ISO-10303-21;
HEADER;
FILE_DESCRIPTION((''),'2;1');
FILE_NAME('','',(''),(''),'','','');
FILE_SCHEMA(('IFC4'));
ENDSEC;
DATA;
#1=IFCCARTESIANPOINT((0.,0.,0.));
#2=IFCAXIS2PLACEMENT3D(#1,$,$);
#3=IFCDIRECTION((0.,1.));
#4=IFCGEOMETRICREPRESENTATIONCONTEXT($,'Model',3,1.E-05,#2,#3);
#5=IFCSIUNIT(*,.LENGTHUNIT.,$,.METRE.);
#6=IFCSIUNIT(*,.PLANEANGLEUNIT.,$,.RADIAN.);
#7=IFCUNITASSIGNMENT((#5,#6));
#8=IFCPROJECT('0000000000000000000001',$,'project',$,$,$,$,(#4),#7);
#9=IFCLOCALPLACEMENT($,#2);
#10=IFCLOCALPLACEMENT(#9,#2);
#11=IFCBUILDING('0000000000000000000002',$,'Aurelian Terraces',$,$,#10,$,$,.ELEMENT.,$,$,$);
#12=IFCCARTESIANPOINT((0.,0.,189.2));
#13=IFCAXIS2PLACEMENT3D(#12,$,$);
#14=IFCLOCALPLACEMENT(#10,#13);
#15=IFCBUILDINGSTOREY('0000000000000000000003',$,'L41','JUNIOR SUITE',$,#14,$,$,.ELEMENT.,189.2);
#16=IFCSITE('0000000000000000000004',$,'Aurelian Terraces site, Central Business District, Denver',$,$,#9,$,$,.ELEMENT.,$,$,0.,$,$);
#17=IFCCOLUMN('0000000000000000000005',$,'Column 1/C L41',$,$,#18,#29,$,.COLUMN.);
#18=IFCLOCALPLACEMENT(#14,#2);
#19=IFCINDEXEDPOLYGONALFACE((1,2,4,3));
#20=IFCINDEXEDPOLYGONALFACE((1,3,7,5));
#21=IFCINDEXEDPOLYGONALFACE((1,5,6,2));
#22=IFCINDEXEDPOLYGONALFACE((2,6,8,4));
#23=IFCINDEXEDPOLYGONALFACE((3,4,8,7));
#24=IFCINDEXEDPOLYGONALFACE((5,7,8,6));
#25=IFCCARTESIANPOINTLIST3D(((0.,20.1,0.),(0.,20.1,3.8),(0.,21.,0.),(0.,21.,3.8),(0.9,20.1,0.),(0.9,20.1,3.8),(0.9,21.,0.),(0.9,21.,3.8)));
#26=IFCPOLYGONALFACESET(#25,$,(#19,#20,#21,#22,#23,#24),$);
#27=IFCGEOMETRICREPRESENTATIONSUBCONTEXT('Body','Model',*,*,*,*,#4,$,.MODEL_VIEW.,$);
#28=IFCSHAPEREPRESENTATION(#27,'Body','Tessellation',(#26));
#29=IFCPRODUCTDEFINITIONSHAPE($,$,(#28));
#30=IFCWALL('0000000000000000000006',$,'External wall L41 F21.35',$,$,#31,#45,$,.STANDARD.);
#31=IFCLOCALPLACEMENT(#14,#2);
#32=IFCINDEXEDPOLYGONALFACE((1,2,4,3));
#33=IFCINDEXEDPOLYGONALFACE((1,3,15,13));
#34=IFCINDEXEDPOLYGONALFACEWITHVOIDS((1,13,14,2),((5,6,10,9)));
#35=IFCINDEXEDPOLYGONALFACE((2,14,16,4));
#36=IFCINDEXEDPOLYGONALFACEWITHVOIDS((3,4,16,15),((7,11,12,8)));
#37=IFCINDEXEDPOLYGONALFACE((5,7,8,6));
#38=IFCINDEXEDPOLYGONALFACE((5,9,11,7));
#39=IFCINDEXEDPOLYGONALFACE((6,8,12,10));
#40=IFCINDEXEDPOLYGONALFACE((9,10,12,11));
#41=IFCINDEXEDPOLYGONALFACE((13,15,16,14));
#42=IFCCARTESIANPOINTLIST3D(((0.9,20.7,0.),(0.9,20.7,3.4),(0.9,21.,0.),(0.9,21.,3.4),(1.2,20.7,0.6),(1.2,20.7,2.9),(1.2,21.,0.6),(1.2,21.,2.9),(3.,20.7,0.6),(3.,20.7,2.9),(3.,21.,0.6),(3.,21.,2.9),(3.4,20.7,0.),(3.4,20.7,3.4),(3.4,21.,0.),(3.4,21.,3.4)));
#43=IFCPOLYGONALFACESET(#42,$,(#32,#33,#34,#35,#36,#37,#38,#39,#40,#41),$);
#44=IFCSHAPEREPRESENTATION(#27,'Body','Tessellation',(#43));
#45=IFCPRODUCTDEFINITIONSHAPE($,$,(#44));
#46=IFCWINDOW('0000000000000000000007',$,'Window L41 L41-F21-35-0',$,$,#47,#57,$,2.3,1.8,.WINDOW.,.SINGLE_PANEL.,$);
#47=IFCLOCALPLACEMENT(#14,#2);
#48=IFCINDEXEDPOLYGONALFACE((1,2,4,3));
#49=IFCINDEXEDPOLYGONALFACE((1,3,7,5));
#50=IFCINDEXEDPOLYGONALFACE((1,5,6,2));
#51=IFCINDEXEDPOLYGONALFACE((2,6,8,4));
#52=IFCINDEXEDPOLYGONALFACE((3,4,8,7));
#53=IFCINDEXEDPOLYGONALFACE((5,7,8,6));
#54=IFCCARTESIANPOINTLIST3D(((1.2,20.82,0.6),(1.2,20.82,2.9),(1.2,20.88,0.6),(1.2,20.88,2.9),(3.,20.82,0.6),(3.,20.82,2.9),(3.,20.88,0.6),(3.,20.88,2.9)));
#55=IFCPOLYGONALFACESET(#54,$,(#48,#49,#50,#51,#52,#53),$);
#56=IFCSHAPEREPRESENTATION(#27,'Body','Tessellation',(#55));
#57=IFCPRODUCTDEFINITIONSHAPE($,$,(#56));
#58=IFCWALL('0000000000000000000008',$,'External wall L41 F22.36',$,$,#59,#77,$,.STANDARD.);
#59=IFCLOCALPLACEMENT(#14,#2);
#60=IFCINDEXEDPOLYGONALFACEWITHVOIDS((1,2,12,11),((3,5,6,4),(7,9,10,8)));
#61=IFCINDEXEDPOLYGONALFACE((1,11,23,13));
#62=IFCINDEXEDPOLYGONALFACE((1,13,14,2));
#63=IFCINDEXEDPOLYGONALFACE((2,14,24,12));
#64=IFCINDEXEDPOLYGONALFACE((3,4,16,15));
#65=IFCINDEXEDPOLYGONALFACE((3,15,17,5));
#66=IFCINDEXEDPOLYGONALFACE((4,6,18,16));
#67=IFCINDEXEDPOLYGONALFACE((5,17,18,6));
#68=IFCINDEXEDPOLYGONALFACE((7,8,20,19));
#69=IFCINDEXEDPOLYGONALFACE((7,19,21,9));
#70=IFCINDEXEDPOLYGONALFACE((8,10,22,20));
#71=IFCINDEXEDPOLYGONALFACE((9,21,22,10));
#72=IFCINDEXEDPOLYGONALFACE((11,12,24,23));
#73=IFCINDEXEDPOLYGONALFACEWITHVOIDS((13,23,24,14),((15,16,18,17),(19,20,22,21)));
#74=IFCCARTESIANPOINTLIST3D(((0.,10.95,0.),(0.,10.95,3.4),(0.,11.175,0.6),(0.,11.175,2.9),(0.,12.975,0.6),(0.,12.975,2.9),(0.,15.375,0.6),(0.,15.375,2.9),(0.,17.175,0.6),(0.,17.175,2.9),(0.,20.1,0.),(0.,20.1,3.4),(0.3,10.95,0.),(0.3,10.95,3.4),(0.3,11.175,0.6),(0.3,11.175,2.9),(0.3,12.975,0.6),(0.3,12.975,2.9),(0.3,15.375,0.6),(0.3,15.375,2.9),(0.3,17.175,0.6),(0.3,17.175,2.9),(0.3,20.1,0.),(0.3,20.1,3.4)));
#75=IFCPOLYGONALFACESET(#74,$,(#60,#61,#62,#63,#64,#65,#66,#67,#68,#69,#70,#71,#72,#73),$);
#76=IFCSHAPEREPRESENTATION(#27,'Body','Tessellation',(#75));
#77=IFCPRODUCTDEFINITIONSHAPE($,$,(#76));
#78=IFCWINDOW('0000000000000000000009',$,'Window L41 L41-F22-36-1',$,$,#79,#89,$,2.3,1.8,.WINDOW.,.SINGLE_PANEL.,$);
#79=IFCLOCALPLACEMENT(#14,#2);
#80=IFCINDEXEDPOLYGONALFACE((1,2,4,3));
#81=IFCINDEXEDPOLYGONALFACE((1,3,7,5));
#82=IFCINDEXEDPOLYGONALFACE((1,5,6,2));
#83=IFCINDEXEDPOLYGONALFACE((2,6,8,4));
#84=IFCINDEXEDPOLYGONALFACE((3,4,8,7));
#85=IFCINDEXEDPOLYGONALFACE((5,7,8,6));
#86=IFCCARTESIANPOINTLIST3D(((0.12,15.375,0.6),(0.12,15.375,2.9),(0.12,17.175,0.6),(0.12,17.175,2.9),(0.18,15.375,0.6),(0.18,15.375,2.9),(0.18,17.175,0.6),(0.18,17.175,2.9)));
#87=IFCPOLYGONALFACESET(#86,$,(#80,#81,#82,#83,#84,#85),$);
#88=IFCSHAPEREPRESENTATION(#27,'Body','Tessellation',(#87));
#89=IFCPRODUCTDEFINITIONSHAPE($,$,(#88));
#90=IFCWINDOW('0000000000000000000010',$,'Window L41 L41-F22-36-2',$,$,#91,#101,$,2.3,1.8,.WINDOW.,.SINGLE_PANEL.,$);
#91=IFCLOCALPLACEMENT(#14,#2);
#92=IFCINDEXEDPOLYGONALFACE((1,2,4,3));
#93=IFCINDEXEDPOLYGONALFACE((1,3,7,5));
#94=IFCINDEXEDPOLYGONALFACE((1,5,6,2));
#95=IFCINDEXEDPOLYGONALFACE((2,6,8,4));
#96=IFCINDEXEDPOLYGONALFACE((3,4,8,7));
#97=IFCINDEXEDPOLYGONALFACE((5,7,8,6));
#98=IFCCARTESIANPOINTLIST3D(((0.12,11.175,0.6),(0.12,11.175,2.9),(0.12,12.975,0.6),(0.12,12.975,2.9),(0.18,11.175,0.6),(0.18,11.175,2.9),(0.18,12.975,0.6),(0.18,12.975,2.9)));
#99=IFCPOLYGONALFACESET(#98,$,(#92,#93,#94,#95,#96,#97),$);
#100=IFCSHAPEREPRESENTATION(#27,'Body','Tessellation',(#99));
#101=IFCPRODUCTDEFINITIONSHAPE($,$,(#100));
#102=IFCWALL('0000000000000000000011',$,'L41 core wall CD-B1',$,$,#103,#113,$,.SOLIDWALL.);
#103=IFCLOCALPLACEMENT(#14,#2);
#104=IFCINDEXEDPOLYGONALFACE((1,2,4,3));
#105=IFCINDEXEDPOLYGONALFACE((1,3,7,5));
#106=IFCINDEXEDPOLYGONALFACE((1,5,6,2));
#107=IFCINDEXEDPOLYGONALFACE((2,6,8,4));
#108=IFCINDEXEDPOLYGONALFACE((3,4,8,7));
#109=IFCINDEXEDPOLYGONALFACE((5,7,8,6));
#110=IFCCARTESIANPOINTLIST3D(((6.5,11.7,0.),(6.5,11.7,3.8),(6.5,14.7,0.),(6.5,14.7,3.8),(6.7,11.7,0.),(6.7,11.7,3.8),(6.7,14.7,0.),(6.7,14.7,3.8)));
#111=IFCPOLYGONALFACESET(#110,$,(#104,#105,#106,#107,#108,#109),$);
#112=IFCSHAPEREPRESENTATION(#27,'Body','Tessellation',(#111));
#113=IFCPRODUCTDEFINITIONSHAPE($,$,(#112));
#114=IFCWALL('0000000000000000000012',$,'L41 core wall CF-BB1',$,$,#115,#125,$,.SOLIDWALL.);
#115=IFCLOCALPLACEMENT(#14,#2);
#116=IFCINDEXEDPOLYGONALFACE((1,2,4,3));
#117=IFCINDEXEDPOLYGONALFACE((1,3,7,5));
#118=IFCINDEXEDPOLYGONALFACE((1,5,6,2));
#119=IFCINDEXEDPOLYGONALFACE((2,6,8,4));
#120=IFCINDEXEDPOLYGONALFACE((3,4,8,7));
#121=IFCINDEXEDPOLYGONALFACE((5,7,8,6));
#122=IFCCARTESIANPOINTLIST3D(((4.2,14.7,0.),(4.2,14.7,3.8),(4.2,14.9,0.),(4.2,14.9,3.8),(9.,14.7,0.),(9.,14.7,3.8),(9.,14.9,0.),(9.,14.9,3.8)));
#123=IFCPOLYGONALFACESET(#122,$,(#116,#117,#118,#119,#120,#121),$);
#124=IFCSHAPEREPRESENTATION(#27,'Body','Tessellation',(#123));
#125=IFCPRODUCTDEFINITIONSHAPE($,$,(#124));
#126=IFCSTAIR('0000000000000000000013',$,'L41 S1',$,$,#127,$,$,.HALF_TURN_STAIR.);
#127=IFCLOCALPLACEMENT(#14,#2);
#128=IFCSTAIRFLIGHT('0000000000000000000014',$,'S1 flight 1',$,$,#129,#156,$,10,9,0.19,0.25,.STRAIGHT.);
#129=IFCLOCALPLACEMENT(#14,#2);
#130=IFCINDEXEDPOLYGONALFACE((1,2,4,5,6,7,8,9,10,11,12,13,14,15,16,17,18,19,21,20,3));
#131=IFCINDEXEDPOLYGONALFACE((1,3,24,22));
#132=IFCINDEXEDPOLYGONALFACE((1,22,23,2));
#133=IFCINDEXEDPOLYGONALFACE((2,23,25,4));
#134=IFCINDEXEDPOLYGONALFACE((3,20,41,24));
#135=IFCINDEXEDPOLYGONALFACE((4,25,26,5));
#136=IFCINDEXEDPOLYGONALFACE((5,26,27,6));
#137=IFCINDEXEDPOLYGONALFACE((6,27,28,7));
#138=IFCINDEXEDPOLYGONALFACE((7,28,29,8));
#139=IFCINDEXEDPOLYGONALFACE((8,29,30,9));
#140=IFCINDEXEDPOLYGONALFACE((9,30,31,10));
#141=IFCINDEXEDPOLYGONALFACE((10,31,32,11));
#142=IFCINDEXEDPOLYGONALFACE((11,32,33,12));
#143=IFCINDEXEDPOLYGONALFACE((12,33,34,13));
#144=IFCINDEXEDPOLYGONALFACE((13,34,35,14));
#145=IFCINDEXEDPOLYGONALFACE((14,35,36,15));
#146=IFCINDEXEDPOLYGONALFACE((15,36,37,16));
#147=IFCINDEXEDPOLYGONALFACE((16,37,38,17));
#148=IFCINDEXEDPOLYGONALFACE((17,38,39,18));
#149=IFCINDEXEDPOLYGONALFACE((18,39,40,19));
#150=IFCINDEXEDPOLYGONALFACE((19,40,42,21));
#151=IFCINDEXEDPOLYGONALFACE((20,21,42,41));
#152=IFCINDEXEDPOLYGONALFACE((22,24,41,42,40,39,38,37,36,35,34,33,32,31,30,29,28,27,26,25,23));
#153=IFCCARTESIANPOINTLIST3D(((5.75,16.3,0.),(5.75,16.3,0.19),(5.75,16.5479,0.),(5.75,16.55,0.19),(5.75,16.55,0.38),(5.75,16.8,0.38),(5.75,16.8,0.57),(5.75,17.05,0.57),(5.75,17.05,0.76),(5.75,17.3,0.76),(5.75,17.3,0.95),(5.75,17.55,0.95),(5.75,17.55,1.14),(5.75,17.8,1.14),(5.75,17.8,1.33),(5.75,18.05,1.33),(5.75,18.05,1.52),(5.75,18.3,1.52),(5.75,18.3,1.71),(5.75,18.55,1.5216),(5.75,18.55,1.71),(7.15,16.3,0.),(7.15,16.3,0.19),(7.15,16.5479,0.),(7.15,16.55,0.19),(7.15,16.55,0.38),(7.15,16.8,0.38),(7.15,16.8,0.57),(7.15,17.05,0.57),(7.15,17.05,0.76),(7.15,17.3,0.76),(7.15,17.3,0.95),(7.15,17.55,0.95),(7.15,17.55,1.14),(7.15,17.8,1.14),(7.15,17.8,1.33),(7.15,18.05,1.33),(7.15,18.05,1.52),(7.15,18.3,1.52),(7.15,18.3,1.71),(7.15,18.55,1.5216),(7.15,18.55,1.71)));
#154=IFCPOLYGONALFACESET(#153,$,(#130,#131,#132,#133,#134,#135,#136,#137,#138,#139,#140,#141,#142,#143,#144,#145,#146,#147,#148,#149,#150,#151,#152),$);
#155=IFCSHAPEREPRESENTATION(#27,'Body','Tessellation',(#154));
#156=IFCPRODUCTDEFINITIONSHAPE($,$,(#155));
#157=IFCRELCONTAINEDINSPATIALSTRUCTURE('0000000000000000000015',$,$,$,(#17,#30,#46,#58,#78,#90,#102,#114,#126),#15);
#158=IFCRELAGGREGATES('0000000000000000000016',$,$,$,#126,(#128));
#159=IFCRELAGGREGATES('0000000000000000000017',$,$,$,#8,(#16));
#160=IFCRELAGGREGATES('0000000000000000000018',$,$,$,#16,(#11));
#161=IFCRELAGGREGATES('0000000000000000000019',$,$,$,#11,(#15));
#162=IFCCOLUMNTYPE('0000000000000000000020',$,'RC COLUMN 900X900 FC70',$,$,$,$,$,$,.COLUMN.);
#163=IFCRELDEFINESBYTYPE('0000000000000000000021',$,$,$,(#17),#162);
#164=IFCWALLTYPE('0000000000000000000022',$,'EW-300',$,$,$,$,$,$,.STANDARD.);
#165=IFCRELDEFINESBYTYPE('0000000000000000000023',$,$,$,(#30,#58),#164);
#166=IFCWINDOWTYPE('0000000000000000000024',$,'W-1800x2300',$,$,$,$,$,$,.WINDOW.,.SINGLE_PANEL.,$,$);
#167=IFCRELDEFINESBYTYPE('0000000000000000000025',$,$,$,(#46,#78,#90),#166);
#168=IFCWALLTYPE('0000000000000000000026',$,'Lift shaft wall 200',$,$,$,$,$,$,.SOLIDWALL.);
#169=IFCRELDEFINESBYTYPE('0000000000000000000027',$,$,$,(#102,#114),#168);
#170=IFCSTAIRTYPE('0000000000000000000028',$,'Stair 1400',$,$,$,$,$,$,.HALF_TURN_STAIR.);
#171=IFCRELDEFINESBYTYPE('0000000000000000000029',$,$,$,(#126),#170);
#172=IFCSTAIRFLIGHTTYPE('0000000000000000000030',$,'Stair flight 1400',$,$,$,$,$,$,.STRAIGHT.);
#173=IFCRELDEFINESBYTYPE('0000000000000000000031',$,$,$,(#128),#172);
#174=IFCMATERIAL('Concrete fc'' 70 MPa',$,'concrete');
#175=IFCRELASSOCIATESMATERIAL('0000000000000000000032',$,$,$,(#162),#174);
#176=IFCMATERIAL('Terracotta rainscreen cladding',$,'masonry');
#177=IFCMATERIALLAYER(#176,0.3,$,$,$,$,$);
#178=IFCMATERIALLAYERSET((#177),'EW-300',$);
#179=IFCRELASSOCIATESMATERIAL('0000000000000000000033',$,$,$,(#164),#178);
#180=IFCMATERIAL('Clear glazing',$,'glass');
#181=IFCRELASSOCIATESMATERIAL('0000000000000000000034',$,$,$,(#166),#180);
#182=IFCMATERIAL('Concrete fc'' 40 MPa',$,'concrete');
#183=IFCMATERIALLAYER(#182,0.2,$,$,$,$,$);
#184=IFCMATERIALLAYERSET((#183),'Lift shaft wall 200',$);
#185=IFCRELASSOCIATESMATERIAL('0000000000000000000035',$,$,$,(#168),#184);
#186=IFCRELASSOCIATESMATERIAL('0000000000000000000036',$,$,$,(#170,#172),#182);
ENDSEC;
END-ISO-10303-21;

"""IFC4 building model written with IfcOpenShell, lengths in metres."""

from ifc_helpers import new_model, si_unit, direction, frame, frame_2d, origin, origin_2d, place, context, subcontext, project, spatial, polyline, rectangle, outline, extrude, source, transform, mapped, material, layer, layer_set, material_profile, profile_set, type_object, element, fill, aggregate, save


model = new_model("IFC4")

# Units and contexts
model_context = context("Model", 3, precision=1e-05, world=origin(), true_north=direction((0.0, 1.0)))
body_context = subcontext(model_context, "Body", "Model", "MODEL_VIEW")
ifc_project = project(units=[si_unit("LENGTHUNIT", "METRE"), si_unit("PLANEANGLEUNIT", "RADIAN")], contexts=[model_context])

# Site, building, storey
site_placement = place(None, origin())
site = spatial("IfcSite", under=ifc_project, at=site_placement, Name="Aurelian Terraces site, Central Business District, Denver", CompositionType="ELEMENT", RefElevation=0.0)
building_placement = place(site_placement, origin())
building = spatial("IfcBuilding", under=site, at=building_placement, Name="Aurelian Terraces", CompositionType="ELEMENT")
storey_placement = place(building_placement, frame((0.0, 0.0, 189.2)))
storey = spatial("IfcBuildingStorey", under=building, at=storey_placement, Name="L41", Description="JUNIOR SUITE", CompositionType="ELEMENT", Elevation=189.2)

# Column
ifc_material_1 = material(Name="Concrete fc' 70 MPa", Category="concrete")
ifc_material_profile = material_profile(ifc_material_1, rectangle(XDim=0.9, YDim=0.9, at=origin_2d()))
ifc_profile_set = profile_set([ifc_material_profile], Name="Concrete fc' 70 MPa")
column_type = type_object("IfcColumnType", Name="RC COLUMN 900X900 FC70", PredefinedType="COLUMN", material=ifc_profile_set)
shared_shape_1 = source(origin(), body_context, "Body", "SweptSolid", [
    extrude(rectangle(XDim=0.9, YDim=0.9, at=origin_2d()), origin(), (0.0, 0.0, 1.0), 3.8),
])
column_placement = place(storey_placement, frame((0.45, 20.55, 0.0), z_axis=(0.0, 0.0, 1.0), x_axis=(1.0, 0.0, 0.0)))
element("IfcColumn", 1, at=column_placement, inside=storey, type_object=column_type, Name="Column 1/C L41", PredefinedType="COLUMN", context=body_context, shape_type="MappedRepresentation", body=[
    mapped(shared_shape_1, transform((0.0, 0.0, 0.0), scale=1.0)),
])

# Wall, opening, window
ifc_material_2 = material(Name="Terracotta rainscreen cladding", Category="masonry")
ifc_layer_1 = layer(ifc_material_2, 0.3)
ifc_layer_set_1 = layer_set([ifc_layer_1], Name="EW-300")
wall_type_1 = type_object("IfcWallType", Name="EW-300", PredefinedType="STANDARD", material=ifc_layer_set_1)
shared_shape_2 = source(origin(), body_context, "Body", "SweptSolid", [
    extrude(rectangle(XDim=2.5, YDim=0.3, at=frame_2d((1.25, 0.0))), origin(), (0.0, 0.0, 1.0), 3.4),
])
wall_1_placement = place(storey_placement, frame((3.4, 20.85, 0.0), z_axis=(0.0, 0.0, 1.0), x_axis=(-1.0, 0.0, 0.0)))
wall_1 = element("IfcWall", 2, at=wall_1_placement, inside=storey, type_object=wall_type_1, Name="External wall L41 F21.35", PredefinedType="STANDARD", context=body_context, shape_type="MappedRepresentation", body=[
    mapped(shared_shape_2, transform((0.0, 0.0, 0.0), scale=1.0)),
])
shared_shape_3 = source(origin(), body_context, "Body", "SweptSolid", [
    extrude(rectangle(XDim=1.8, YDim=2.3, at=frame_2d((0.9, 1.15))), frame((0.0, 0.16, 0.0), z_axis=(0.0, -1.0, 0.0), x_axis=(1.0, 0.0, 0.0)), (0.0, 0.0, 1.0), 0.32),
])
opening_1_placement = place(wall_1_placement, frame((0.4, 0.0, 0.6)))
opening_1 = element("IfcOpeningElement", 3, at=opening_1_placement, cuts=wall_1, PredefinedType="OPENING", context=body_context, shape_type="MappedRepresentation", body=[
    mapped(shared_shape_3, transform((0.0, 0.0, 0.0), scale=1.0)),
])
ifc_material_3 = material(Name="Clear glazing", Category="glass")
window_type = type_object("IfcWindowType", Name="W-1800x2300", PartitioningType="SINGLE_PANEL", PredefinedType="WINDOW", material=ifc_material_3)
shared_shape_4 = source(origin(), body_context, "Body", "SweptSolid", [
    extrude(rectangle(XDim=1.8, YDim=2.3, at=frame_2d((0.9, 1.15))), frame((0.0, 0.03, 0.0), z_axis=(0.0, -1.0, 0.0), x_axis=(1.0, 0.0, 0.0)), (0.0, 0.0, 1.0), 0.06),
])
window_1_placement = place(opening_1_placement, origin())
window_1 = element("IfcWindow", 4, at=window_1_placement, inside=storey, type_object=window_type, Name="Window L41 L41-F21-35-0", OverallHeight=2.3, OverallWidth=1.8, PartitioningType="SINGLE_PANEL", PredefinedType="WINDOW", context=body_context, shape_type="MappedRepresentation", body=[
    mapped(shared_shape_4, transform((0.0, 0.0, 0.0), scale=1.0)),
])
fill(opening_1, window_1)

# Wall, openings, windows
shared_shape_5 = source(origin(), body_context, "Body", "SweptSolid", [
    extrude(rectangle(XDim=9.15, YDim=0.3, at=frame_2d((4.575, 0.0))), origin(), (0.0, 0.0, 1.0), 3.4),
])
wall_2_placement = place(storey_placement, frame((0.15, 20.1, 0.0), z_axis=(0.0, 0.0, 1.0), x_axis=(0.0, -1.0, 0.0)))
wall_2 = element("IfcWall", 5, at=wall_2_placement, inside=storey, type_object=wall_type_1, Name="External wall L41 F22.36", PredefinedType="STANDARD", context=body_context, shape_type="MappedRepresentation", body=[
    mapped(shared_shape_5, transform((0.0, 0.0, 0.0), scale=1.0)),
])
opening_2_placement = place(wall_2_placement, frame((2.925, 0.0, 0.6)))
opening_2 = element("IfcOpeningElement", 6, at=opening_2_placement, cuts=wall_2, PredefinedType="OPENING", context=body_context, shape_type="MappedRepresentation", body=[
    mapped(shared_shape_3, transform((0.0, 0.0, 0.0), scale=1.0)),
])
opening_3_placement = place(wall_2_placement, frame((7.125, 0.0, 0.6)))
opening_3 = element("IfcOpeningElement", 7, at=opening_3_placement, cuts=wall_2, PredefinedType="OPENING", context=body_context, shape_type="MappedRepresentation", body=[
    mapped(shared_shape_3, transform((0.0, 0.0, 0.0), scale=1.0)),
])
window_2_placement = place(opening_2_placement, origin())
window_2 = element("IfcWindow", 8, at=window_2_placement, inside=storey, type_object=window_type, Name="Window L41 L41-F22-36-1", OverallHeight=2.3, OverallWidth=1.8, PartitioningType="SINGLE_PANEL", PredefinedType="WINDOW", context=body_context, shape_type="MappedRepresentation", body=[
    mapped(shared_shape_4, transform((0.0, 0.0, 0.0), scale=1.0)),
])
fill(opening_2, window_2)
window_3_placement = place(opening_3_placement, origin())
window_3 = element("IfcWindow", 9, at=window_3_placement, inside=storey, type_object=window_type, Name="Window L41 L41-F22-36-2", OverallHeight=2.3, OverallWidth=1.8, PartitioningType="SINGLE_PANEL", PredefinedType="WINDOW", context=body_context, shape_type="MappedRepresentation", body=[
    mapped(shared_shape_4, transform((0.0, 0.0, 0.0), scale=1.0)),
])
fill(opening_3, window_3)

# Walls
ifc_material_4 = material(Name="Concrete fc' 40 MPa", Category="concrete")
ifc_layer_2 = layer(ifc_material_4, 0.2)
ifc_layer_set_2 = layer_set([ifc_layer_2], Name="Lift shaft wall 200")
wall_type_2 = type_object("IfcWallType", Name="Lift shaft wall 200", PredefinedType="SOLIDWALL", material=ifc_layer_set_2)
shared_shape_6 = source(origin(), body_context, "Body", "SweptSolid", [
    extrude(rectangle(XDim=3.0, YDim=0.2, at=frame_2d((1.5, 0.0))), origin(), (0.0, 0.0, 1.0), 3.8),
])
wall_3_placement = place(storey_placement, frame((6.6, 11.7, 0.0), z_axis=(0.0, 0.0, 1.0), x_axis=(0.0, 1.0, 0.0)))
element("IfcWall", 10, at=wall_3_placement, inside=storey, type_object=wall_type_2, Name="L41 core wall CD-B1", PredefinedType="SOLIDWALL", context=body_context, shape_type="MappedRepresentation", body=[
    mapped(shared_shape_6, transform((0.0, 0.0, 0.0), scale=1.0)),
])
shared_shape_7 = source(origin(), body_context, "Body", "SweptSolid", [
    extrude(rectangle(XDim=4.8, YDim=0.2, at=frame_2d((2.4, 0.0))), origin(), (0.0, 0.0, 1.0), 3.8),
])
wall_4_placement = place(storey_placement, frame((4.2, 14.8, 0.0), z_axis=(0.0, 0.0, 1.0), x_axis=(1.0, 0.0, 0.0)))
element("IfcWall", 11, at=wall_4_placement, inside=storey, type_object=wall_type_2, Name="L41 core wall CF-BB1", PredefinedType="SOLIDWALL", context=body_context, shape_type="MappedRepresentation", body=[
    mapped(shared_shape_7, transform((0.0, 0.0, 0.0), scale=1.0)),
])

# Stair, stair flight
stair_type = type_object("IfcStairType", Name="Stair 1400", PredefinedType="HALF_TURN_STAIR", material=ifc_material_4)
stair_placement = place(storey_placement, origin())
stair = element("IfcStair", 12, at=stair_placement, inside=storey, type_object=stair_type, Name="L41 S1", PredefinedType="HALF_TURN_STAIR")
stair_flight_type = type_object("IfcStairFlightType", Name="Stair flight 1400", PredefinedType="STRAIGHT", material=ifc_material_4)
shared_shape_8 = source(origin(), body_context, "Body", "SweptSolid", [
    extrude(outline(polyline([(0.0, 0.0), (0.0, 0.19), (0.25, 0.19), (0.25, 0.38), (0.5, 0.38), (0.5, 0.57), (0.75, 0.57), (0.75, 0.76), (1.0, 0.76), (1.0, 0.95), (1.25, 0.95), (1.25, 1.14), (1.5, 1.14), (1.5, 1.33), (1.75, 1.33), (1.75, 1.52), (2.0, 1.52), (2.0, 1.71), (2.25, 1.71), (2.25, 1.9), (2.25, 1.5216), (0.2479, 0.0), (0.0, 0.0)])), frame((0.0, 0.7, 0.0), z_axis=(0.0, -1.0, 0.0), x_axis=(1.0, 0.0, 0.0)), (0.0, 0.0, 1.0), 1.4),
])
stair_flight_1_placement = place(storey_placement, frame((6.45, 16.3, 0.0), z_axis=(0.0, 0.0, 1.0), x_axis=(0.0, 1.0, 0.0)))
stair_flight_1 = element("IfcStairFlight", 13, at=stair_flight_1_placement, type_object=stair_flight_type, Name="S1 flight 1", NumberOfRisers=10, NumberOfTreads=9, PredefinedType="STRAIGHT", RiserHeight=0.19, TreadLength=0.25, context=body_context, shape_type="MappedRepresentation", body=[
    mapped(shared_shape_8, transform((0.0, 0.0, 0.0), scale=1.0)),
])
aggregate(stair, [stair_flight_1])

save(model, "model.ifc")
